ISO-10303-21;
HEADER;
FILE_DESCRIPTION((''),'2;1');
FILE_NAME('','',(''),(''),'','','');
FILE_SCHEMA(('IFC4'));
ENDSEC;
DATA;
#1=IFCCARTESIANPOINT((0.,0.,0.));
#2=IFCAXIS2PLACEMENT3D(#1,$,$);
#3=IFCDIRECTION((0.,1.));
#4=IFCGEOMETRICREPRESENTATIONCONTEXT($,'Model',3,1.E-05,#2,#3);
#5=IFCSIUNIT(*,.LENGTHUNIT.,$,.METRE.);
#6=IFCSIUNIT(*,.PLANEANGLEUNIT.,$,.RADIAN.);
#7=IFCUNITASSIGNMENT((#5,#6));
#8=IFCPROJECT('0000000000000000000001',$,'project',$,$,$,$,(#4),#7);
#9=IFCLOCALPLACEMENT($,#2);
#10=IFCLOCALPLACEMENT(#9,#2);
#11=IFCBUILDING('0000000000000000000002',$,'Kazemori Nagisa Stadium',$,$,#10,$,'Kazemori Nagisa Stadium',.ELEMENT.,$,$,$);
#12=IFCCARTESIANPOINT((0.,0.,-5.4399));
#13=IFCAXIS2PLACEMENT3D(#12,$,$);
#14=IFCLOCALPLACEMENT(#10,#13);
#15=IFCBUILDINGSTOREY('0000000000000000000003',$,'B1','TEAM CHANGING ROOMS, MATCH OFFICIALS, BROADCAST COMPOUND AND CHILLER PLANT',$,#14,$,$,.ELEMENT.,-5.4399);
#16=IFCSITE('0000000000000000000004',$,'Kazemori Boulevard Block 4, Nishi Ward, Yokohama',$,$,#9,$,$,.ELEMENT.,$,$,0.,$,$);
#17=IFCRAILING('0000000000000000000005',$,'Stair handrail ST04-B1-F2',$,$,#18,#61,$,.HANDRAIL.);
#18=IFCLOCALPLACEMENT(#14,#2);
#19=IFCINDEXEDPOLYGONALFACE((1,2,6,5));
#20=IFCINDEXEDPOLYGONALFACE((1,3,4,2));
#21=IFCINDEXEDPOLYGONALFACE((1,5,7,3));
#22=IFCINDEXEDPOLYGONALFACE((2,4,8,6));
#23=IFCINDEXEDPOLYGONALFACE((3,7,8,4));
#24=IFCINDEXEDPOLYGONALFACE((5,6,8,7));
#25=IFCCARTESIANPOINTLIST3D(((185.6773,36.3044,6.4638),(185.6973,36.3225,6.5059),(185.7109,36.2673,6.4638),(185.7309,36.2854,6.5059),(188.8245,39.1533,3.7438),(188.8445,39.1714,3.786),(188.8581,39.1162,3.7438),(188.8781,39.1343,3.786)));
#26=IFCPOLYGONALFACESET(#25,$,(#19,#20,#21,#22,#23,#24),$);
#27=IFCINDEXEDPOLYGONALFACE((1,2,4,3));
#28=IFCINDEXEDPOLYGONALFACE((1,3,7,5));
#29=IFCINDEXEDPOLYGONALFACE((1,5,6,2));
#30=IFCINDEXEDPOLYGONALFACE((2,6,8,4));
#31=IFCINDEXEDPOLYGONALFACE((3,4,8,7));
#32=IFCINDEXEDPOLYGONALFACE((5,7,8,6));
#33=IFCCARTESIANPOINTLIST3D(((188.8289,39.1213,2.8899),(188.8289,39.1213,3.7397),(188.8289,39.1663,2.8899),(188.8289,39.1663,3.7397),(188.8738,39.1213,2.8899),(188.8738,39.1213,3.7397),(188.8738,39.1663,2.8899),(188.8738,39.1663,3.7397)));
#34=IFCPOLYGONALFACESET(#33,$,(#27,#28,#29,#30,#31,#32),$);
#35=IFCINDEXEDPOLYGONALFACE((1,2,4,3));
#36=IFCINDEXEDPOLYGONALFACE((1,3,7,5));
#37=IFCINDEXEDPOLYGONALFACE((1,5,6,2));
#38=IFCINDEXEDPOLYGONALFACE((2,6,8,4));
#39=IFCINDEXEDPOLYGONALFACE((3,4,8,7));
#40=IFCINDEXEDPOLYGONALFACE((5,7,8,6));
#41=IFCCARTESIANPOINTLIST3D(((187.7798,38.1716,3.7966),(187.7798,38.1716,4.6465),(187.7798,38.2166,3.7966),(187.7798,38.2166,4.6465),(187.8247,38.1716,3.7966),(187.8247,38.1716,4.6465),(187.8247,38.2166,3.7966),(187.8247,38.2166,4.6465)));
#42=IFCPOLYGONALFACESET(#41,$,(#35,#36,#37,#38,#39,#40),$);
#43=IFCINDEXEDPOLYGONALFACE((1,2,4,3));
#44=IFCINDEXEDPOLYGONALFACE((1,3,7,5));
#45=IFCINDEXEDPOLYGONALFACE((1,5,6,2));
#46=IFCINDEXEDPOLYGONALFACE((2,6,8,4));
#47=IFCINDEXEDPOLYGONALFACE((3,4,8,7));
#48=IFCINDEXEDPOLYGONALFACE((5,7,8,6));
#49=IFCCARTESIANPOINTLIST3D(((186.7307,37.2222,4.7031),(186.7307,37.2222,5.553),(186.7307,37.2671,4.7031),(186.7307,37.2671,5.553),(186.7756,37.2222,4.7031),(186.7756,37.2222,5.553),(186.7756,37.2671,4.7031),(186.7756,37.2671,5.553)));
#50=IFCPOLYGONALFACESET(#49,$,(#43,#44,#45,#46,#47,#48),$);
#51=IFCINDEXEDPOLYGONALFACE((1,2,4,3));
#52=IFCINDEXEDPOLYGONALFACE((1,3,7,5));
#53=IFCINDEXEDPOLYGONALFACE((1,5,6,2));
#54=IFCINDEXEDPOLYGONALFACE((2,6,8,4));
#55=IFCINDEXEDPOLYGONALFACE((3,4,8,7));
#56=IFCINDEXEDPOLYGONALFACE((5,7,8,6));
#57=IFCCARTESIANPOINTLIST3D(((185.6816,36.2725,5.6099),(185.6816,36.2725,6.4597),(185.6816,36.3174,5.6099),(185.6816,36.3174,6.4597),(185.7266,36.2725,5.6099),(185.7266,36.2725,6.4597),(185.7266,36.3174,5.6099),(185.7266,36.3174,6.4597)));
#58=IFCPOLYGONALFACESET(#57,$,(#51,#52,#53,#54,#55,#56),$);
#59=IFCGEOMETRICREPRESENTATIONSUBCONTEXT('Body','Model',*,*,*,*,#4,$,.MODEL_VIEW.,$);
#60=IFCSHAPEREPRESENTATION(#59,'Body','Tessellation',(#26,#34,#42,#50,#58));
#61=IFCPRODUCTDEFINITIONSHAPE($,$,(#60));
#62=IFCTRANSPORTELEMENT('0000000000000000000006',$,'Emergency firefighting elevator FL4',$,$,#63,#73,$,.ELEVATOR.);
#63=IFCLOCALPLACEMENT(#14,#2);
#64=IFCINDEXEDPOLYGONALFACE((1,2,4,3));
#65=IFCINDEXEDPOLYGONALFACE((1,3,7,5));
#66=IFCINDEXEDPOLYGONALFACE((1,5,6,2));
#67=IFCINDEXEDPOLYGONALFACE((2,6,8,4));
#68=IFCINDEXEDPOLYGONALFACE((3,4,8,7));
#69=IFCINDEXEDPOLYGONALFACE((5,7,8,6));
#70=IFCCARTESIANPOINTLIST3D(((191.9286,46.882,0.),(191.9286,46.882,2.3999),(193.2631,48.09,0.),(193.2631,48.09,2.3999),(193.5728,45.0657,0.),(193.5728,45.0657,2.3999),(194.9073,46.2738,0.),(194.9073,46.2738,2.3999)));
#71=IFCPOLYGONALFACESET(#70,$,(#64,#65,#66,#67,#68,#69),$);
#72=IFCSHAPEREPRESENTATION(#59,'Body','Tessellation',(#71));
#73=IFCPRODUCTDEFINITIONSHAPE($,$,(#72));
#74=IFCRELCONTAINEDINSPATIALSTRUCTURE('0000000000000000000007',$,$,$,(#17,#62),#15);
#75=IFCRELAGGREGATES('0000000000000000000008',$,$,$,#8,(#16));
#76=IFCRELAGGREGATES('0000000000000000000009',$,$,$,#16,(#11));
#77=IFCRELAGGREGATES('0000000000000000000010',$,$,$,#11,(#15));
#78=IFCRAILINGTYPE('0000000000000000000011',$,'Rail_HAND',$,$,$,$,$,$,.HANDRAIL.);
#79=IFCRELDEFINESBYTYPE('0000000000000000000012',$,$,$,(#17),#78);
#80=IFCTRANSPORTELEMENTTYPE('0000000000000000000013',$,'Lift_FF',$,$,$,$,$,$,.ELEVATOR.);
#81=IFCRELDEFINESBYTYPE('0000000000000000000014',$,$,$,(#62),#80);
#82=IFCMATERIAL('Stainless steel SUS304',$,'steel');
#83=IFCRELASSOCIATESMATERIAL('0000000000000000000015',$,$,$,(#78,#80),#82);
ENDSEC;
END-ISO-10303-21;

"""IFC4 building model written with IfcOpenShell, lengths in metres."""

from ifc_helpers import new_model, si_unit, direction, frame, origin, origin_2d, place, context, subcontext, project, spatial, rectangle, extrude, material, type_object, element, save


model = new_model("IFC4")

# Units and contexts
model_context = context("Model", 3, precision=1e-05, world=origin(), true_north=direction((0.0, 1.0)))
body_context = subcontext(model_context, "Body", "Model", "MODEL_VIEW")
ifc_project = project(units=[si_unit("LENGTHUNIT", "METRE"), si_unit("PLANEANGLEUNIT", "RADIAN")], contexts=[model_context])

# Site, building, storey
site_placement = place(None, origin())
site = spatial("IfcSite", under=ifc_project, at=site_placement, Name="Kazemori Boulevard Block 4, Nishi Ward, Yokohama", CompositionType="ELEMENT", RefElevation=0.0)
building_placement = place(site_placement, origin())
building = spatial("IfcBuilding", under=site, at=building_placement, Name="Kazemori Nagisa Stadium", LongName="Kazemori Nagisa Stadium", CompositionType="ELEMENT")
storey_placement = place(building_placement, frame((0.0, 0.0, -5.4399)))
storey = spatial("IfcBuildingStorey", under=building, at=storey_placement, Name="B1", Description="TEAM CHANGING ROOMS, MATCH OFFICIALS, BROADCAST COMPOUND AND CHILLER PLANT", CompositionType="ELEMENT", Elevation=-5.4399)

# Shared definitions
ifc_material_1 = material(Name="Stainless steel SUS304", Category="steel")

# Railing
railing_type_1 = type_object("IfcRailingType", Name="Rail_HAND", PredefinedType="HANDRAIL", material=ifc_material_1)
railing_1_placement = place(storey_placement, frame((188.8513, 39.1438, 2.8899)))
element("IfcRailing", 1, at=railing_1_placement, inside=storey, type_object=railing_type_1, Name="Stair handrail ST04-B1-F2", PredefinedType="HANDRAIL", context=body_context, shape_type="SweptSolid", body=[
    extrude(rectangle(XDim=0.05, YDim=0.05, at=origin_2d()), frame((0.0, 0.0, 0.875), z_axis=(-0.62423, -0.565056, 0.539489), x_axis=(0.671094, -0.741372, 0.0)), (0.0, 0.0, 1.0), 5.0417),
    extrude(rectangle(XDim=0.0449, YDim=0.0449, at=origin_2d()), origin(), (0.0, 0.0, 1.0), 0.8499),
    extrude(rectangle(XDim=0.0449, YDim=0.0449, at=origin_2d()), frame((-1.0491, -0.9497, 0.9067)), (0.0, 0.0, 1.0), 0.8499),
    extrude(rectangle(XDim=0.0449, YDim=0.0449, at=origin_2d()), frame((-2.0981, -1.8992, 1.8132)), (0.0, 0.0, 1.0), 0.8499),
    extrude(rectangle(XDim=0.0449, YDim=0.0449, at=origin_2d()), frame((-3.1472, -2.8489, 2.72)), (0.0, 0.0, 1.0), 0.8499),
])

# Transport element
transport_element_type = type_object("IfcTransportElementType", Name="Lift_FF", PredefinedType="ELEVATOR", material=ifc_material_1)
transport_element_placement = place(storey_placement, frame((193.418, 46.5779, 0.0), z_axis=(0.0, 0.0, 1.0), x_axis=(0.741351, 0.671118, 0.0)))
element("IfcTransportElement", 2, at=transport_element_placement, inside=storey, type_object=transport_element_type, Name="Emergency firefighting elevator FL4", PredefinedType="ELEVATOR", context=body_context, shape_type="SweptSolid", body=[
    extrude(rectangle(XDim=1.8, YDim=2.45, at=origin_2d()), origin(), (0.0, 0.0, 1.0), 2.3999),
])

save(model, "model.ifc")
